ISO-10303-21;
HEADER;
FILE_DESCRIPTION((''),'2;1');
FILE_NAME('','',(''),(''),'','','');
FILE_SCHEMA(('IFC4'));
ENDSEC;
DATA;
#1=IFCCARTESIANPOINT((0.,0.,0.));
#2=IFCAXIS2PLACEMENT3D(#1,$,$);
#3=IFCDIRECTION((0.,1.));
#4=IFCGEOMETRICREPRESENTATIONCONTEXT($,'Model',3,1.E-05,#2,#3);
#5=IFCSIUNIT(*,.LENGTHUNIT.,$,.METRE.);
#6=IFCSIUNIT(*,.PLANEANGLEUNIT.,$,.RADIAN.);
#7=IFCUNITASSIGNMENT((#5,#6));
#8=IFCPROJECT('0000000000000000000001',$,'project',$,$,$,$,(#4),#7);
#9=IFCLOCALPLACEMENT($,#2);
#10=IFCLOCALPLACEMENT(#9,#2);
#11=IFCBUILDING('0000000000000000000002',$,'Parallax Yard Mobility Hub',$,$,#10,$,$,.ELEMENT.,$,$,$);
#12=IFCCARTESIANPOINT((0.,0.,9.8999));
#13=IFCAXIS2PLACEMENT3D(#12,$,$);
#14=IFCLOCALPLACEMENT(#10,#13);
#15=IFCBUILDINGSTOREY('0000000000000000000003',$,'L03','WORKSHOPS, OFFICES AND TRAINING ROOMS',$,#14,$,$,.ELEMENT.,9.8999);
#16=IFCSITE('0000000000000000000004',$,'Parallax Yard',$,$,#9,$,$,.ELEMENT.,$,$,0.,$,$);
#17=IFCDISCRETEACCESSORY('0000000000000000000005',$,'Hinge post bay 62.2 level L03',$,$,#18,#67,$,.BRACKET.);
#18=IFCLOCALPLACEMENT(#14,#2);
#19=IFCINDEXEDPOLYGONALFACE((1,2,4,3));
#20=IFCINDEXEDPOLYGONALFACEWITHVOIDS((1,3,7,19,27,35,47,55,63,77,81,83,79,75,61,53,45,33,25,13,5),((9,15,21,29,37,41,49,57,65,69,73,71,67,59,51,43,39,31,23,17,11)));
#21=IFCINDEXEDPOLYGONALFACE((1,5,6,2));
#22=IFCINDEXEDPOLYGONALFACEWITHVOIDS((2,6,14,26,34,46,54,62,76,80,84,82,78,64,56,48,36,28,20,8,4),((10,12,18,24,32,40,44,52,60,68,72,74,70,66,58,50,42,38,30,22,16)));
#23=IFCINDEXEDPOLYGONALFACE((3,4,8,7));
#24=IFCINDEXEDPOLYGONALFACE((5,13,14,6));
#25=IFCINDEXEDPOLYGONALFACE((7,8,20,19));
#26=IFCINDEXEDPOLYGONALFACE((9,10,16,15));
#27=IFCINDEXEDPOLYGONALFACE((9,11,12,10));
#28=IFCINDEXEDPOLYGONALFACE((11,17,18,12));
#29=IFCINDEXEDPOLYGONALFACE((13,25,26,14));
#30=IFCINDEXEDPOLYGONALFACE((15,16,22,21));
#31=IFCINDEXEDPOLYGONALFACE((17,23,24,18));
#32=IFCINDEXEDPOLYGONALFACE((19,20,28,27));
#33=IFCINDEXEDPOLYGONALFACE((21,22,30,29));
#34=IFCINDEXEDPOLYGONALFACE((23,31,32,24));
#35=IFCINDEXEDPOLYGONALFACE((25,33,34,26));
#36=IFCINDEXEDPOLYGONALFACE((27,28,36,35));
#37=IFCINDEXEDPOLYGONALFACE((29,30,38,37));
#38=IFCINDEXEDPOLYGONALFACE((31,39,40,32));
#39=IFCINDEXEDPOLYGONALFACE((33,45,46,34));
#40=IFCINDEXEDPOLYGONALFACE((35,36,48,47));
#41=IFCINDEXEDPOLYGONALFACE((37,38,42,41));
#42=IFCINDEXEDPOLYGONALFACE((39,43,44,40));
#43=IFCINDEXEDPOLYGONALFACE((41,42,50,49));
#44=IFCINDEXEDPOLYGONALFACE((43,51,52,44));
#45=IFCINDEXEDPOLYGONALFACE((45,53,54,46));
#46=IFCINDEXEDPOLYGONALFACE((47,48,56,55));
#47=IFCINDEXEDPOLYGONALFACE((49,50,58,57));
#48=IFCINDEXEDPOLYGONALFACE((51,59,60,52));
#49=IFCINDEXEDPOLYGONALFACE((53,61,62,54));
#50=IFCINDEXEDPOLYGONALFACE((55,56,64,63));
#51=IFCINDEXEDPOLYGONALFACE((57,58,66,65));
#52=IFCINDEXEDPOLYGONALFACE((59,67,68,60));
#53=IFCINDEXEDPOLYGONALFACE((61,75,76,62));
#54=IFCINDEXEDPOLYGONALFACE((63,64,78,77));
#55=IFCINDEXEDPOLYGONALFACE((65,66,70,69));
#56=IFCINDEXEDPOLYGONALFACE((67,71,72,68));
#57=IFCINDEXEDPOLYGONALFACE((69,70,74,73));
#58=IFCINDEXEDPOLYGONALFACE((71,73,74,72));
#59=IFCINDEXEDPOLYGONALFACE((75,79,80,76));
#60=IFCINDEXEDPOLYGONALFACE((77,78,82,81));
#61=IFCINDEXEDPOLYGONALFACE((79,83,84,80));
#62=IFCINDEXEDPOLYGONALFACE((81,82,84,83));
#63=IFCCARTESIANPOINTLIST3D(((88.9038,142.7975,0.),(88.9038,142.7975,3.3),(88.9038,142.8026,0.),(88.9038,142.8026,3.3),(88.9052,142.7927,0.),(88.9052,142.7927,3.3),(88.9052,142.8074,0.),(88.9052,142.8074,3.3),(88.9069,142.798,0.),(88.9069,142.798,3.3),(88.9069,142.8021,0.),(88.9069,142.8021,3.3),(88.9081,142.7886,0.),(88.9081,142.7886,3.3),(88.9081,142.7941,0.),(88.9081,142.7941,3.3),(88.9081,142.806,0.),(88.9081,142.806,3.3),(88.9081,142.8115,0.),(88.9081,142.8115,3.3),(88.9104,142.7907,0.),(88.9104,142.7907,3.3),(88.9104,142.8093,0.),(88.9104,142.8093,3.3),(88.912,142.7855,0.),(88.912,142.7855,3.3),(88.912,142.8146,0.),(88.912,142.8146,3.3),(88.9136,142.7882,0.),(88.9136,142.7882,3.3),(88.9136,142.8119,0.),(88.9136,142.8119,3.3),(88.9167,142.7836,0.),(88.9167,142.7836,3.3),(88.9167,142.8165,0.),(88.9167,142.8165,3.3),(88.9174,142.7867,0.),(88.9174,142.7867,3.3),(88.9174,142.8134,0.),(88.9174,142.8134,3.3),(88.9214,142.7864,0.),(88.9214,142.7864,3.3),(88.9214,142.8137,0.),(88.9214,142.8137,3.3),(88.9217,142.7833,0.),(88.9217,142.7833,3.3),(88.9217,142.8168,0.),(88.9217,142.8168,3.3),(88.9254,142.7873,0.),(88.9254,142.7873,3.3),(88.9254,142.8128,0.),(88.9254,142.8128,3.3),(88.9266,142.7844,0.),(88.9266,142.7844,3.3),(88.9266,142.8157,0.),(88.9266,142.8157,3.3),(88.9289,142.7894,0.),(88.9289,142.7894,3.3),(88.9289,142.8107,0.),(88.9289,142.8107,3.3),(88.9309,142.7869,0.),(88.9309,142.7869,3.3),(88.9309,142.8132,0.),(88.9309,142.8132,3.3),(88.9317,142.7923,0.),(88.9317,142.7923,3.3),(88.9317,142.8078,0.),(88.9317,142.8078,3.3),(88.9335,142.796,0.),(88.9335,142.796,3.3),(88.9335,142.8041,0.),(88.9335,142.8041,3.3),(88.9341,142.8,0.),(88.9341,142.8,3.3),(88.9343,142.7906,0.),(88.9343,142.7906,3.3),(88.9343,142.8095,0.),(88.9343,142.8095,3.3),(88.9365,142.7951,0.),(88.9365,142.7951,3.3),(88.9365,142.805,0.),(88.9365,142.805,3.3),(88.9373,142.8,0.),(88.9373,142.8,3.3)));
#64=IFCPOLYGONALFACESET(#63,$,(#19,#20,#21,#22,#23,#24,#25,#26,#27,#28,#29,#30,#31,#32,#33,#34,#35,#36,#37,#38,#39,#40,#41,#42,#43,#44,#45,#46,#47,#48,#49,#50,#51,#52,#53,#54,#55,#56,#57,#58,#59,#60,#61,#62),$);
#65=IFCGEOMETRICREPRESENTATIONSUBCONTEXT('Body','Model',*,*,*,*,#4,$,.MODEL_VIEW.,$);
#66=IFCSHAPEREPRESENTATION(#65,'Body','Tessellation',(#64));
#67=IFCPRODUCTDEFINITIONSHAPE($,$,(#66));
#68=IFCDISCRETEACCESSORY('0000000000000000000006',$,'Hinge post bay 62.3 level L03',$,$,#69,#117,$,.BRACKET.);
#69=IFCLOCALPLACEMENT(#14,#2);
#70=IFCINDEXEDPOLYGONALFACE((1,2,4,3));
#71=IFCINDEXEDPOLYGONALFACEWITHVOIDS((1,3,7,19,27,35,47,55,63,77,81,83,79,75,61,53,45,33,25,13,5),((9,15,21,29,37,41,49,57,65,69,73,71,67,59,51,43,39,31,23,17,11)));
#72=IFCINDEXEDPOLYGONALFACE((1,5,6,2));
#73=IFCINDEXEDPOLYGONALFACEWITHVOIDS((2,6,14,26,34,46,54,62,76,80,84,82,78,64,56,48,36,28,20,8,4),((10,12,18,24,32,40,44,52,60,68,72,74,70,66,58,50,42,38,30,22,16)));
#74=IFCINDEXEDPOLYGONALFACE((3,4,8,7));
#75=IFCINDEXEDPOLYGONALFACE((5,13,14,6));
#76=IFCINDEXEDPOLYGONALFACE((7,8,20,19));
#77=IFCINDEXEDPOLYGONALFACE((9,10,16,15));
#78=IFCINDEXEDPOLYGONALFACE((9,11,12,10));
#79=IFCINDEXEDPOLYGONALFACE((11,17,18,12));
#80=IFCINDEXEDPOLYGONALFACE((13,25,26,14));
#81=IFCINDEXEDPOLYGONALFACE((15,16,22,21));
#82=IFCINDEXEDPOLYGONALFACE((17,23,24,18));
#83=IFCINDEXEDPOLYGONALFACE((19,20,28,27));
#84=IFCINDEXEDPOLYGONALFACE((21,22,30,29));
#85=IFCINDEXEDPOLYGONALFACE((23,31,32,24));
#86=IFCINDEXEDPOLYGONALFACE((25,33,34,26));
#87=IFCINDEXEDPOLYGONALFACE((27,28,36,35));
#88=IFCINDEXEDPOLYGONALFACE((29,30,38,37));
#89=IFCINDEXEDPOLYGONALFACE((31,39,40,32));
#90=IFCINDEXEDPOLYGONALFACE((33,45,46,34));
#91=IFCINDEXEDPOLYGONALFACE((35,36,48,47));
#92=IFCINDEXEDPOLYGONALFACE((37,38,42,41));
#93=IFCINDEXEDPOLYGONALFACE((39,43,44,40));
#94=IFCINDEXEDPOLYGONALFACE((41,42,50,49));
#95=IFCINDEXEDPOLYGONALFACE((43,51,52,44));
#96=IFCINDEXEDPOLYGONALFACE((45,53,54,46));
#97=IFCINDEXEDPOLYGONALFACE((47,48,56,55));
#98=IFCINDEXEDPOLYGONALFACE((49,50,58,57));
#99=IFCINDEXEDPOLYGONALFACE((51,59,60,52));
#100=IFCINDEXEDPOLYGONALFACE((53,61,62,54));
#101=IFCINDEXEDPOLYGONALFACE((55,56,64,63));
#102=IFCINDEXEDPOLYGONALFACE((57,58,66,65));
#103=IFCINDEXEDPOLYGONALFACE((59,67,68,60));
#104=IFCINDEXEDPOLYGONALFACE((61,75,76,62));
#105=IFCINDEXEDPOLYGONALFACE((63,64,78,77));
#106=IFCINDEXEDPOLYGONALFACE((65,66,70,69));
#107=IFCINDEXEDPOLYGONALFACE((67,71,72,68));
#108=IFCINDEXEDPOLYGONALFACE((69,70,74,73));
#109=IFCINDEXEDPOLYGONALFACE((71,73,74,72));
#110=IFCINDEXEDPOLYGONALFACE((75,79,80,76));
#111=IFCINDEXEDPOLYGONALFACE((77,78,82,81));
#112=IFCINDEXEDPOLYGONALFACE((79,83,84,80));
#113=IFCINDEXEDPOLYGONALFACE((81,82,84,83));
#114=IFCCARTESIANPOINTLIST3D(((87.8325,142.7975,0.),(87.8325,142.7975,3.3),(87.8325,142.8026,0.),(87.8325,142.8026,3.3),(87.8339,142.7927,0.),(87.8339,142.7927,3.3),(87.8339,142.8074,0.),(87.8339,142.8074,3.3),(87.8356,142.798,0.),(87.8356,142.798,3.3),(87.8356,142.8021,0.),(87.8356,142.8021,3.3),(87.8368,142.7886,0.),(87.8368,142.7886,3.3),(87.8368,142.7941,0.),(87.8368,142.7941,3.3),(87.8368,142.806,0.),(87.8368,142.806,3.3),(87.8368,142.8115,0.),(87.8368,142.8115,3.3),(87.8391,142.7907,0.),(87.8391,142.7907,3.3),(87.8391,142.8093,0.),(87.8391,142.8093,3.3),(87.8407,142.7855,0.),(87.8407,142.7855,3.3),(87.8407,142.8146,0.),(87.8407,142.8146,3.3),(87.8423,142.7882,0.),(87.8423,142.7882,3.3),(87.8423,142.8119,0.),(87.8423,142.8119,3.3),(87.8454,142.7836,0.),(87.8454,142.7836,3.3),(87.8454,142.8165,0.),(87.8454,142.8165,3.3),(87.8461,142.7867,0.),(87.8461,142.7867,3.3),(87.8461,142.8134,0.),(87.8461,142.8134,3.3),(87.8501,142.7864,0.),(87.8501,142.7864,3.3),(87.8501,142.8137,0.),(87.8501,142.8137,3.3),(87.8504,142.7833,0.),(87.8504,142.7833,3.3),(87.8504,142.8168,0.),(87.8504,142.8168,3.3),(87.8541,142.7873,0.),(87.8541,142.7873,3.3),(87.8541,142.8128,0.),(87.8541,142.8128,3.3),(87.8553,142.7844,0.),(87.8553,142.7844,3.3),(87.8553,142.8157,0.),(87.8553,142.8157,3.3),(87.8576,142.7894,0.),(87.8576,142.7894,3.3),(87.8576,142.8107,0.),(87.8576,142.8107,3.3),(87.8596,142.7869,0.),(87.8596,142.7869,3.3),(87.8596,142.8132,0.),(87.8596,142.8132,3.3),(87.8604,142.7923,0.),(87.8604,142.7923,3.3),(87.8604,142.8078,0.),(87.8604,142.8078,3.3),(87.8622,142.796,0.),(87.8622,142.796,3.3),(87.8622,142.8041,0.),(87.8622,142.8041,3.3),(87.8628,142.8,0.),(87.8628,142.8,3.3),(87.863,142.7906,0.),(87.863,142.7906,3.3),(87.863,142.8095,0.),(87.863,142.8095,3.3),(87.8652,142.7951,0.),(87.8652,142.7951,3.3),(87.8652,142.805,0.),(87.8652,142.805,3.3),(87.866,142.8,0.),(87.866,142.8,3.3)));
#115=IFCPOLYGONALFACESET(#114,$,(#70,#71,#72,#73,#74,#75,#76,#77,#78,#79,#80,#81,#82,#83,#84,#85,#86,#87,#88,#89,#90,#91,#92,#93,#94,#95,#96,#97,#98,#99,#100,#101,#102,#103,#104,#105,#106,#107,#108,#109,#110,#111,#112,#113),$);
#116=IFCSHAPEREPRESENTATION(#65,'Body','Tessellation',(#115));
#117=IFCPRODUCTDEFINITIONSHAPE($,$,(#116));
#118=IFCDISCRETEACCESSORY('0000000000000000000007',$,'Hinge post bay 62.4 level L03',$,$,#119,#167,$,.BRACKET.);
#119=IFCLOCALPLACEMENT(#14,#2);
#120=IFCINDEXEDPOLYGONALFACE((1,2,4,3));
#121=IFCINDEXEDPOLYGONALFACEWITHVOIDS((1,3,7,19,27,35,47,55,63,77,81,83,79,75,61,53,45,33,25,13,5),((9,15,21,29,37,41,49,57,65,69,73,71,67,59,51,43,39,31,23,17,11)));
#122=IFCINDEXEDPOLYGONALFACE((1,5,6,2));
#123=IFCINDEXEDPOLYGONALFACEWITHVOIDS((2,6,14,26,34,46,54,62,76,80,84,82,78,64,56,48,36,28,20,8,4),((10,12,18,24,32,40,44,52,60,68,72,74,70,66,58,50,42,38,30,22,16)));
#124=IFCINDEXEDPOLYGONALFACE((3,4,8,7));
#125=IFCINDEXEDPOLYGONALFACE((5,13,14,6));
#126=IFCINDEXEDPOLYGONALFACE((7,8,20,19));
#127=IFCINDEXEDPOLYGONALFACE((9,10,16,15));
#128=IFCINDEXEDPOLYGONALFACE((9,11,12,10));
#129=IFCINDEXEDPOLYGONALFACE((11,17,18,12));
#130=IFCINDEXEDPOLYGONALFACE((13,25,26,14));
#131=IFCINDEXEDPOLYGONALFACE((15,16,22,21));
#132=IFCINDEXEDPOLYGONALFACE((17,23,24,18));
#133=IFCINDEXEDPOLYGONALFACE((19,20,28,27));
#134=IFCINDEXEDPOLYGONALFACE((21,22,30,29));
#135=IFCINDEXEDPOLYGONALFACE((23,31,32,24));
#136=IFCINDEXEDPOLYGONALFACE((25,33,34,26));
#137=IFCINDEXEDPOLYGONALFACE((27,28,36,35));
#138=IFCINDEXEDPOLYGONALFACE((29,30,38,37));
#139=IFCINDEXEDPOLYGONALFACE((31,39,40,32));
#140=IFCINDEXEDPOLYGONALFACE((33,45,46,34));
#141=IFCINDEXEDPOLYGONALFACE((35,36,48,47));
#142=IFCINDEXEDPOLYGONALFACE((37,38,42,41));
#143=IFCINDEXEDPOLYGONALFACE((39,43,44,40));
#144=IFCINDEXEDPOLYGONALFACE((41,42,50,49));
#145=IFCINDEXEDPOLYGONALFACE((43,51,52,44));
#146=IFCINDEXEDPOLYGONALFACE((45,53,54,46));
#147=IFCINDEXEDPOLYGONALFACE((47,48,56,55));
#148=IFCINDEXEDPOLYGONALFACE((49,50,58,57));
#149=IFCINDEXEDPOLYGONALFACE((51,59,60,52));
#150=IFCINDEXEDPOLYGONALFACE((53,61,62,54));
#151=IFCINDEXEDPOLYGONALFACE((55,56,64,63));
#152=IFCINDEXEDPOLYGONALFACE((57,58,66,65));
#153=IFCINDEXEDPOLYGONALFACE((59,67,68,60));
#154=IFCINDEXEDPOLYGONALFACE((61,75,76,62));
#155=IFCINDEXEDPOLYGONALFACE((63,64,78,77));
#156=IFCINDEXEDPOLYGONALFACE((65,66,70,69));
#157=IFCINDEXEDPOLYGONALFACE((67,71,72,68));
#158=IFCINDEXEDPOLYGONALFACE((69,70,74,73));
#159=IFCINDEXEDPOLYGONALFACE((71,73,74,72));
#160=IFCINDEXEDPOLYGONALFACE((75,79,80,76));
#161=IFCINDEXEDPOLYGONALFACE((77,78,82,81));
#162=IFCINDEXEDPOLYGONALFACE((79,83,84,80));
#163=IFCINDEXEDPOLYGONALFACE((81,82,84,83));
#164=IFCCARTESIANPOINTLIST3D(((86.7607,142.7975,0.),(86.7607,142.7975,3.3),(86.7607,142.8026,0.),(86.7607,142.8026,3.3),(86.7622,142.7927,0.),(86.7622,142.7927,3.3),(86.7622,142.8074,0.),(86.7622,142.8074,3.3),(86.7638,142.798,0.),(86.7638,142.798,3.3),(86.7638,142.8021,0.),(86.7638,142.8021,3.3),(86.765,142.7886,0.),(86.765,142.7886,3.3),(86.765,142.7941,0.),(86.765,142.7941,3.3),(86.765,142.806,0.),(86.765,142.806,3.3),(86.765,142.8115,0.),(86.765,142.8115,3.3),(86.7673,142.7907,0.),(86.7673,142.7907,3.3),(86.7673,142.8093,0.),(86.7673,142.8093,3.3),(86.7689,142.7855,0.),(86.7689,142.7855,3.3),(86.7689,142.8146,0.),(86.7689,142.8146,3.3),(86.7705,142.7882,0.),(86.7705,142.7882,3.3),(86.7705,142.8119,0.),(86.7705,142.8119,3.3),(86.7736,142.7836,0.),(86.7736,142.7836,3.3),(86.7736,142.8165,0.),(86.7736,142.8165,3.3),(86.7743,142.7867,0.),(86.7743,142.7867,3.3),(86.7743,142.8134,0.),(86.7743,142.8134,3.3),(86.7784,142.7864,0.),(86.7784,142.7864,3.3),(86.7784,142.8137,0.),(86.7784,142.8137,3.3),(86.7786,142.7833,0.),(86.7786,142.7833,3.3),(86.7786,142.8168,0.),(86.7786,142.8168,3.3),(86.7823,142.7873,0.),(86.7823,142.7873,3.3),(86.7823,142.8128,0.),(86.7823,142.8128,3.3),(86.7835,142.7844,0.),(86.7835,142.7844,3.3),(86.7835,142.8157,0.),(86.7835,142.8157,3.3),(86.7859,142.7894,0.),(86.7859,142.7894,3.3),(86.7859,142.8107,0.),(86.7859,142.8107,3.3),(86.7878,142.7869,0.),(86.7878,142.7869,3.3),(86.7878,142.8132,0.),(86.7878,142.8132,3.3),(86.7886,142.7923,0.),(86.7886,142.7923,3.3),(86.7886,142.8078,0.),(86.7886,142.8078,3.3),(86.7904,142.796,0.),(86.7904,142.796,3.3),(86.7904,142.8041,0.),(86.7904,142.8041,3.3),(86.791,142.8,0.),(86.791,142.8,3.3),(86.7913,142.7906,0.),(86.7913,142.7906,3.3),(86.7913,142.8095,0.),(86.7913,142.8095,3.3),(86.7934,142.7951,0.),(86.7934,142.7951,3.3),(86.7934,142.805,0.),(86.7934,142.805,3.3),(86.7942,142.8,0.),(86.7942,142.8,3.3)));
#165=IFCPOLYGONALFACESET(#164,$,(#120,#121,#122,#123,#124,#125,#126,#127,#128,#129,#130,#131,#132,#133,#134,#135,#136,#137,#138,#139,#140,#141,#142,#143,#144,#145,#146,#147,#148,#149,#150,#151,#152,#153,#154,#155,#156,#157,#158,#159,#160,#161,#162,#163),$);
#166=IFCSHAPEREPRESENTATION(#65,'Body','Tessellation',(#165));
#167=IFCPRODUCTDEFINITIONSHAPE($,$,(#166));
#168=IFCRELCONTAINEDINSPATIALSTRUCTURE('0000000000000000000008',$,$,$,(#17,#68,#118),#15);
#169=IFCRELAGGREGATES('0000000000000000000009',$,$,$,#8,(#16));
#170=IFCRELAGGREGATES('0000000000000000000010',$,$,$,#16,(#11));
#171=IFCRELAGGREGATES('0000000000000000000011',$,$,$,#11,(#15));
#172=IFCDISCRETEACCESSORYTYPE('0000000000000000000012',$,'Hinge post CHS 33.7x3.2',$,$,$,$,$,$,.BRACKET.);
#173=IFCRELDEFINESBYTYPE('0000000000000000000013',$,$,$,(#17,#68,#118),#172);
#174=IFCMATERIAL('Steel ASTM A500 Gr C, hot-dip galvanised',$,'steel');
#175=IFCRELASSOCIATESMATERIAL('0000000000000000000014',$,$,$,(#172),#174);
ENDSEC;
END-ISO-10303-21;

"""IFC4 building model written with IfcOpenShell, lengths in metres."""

from ifc_helpers import new_model, si_unit, direction, frame, origin, origin_2d, place, context, subcontext, project, spatial, hollow_circle, extrude, material, material_profile, profile_set, type_object, element, save


model = new_model("IFC4")

# Units and contexts
model_context = context("Model", 3, precision=1e-05, world=origin(), true_north=direction((0.0, 1.0)))
body_context = subcontext(model_context, "Body", "Model", "MODEL_VIEW")
ifc_project = project(units=[si_unit("LENGTHUNIT", "METRE"), si_unit("PLANEANGLEUNIT", "RADIAN")], contexts=[model_context])

# Site, building, storey
site_placement = place(None, origin())
site = spatial("IfcSite", under=ifc_project, at=site_placement, Name="Parallax Yard", CompositionType="ELEMENT", RefElevation=0.0)
building_placement = place(site_placement, origin())
building = spatial("IfcBuilding", under=site, at=building_placement, Name="Parallax Yard Mobility Hub", CompositionType="ELEMENT")
storey_placement = place(building_placement, frame((0.0, 0.0, 9.8999)))
storey = spatial("IfcBuildingStorey", under=building, at=storey_placement, Name="L03", Description="WORKSHOPS, OFFICES AND TRAINING ROOMS", CompositionType="ELEMENT", Elevation=9.8999)

# Discrete accessories
ifc_material_1 = material(Name="Steel ASTM A500 Gr C, hot-dip galvanised", Category="steel")
ifc_material_profile = material_profile(ifc_material_1, hollow_circle(Radius=0.0168, WallThickness=0.0032, at=origin_2d()), Name="CHS 33.7x3.2")
ifc_profile_set = profile_set([ifc_material_profile], Name="Steel ASTM A500 Gr C, hot-dip galvanised")
discrete_accessory_type = type_object("IfcDiscreteAccessoryType", Name="Hinge post CHS 33.7x3.2", PredefinedType="BRACKET", material=ifc_profile_set)
for number, where, z_axis, x_axis, name in (
    (1, (88.9204, 142.8, 0.0), (0.0, 0.0, 1.0), (1.0, 0.0, 0.0), "Hinge post bay 62.2 level L03"),
    (2, (87.8491, 142.8, 0.0), (0.0, 0.0, 1.0), (1.0, 0.0, 0.0), "Hinge post bay 62.3 level L03"),
    (3, (86.7773, 142.8, 0.0), (0.0, 0.0, 1.0), (1.0, 0.0, 0.0), "Hinge post bay 62.4 level L03"),
):
    element("IfcDiscreteAccessory", number, at=place(storey_placement, frame(where, z_axis=z_axis, x_axis=x_axis)), inside=storey, type_object=discrete_accessory_type, Name=name, PredefinedType="BRACKET", context=body_context, shape_type="SweptSolid", body=[
        extrude(hollow_circle(Radius=0.0168, WallThickness=0.0032, at=origin_2d()), origin(), (0.0, 0.0, 1.0), 3.3),
    ])

save(model, "model.ifc")
